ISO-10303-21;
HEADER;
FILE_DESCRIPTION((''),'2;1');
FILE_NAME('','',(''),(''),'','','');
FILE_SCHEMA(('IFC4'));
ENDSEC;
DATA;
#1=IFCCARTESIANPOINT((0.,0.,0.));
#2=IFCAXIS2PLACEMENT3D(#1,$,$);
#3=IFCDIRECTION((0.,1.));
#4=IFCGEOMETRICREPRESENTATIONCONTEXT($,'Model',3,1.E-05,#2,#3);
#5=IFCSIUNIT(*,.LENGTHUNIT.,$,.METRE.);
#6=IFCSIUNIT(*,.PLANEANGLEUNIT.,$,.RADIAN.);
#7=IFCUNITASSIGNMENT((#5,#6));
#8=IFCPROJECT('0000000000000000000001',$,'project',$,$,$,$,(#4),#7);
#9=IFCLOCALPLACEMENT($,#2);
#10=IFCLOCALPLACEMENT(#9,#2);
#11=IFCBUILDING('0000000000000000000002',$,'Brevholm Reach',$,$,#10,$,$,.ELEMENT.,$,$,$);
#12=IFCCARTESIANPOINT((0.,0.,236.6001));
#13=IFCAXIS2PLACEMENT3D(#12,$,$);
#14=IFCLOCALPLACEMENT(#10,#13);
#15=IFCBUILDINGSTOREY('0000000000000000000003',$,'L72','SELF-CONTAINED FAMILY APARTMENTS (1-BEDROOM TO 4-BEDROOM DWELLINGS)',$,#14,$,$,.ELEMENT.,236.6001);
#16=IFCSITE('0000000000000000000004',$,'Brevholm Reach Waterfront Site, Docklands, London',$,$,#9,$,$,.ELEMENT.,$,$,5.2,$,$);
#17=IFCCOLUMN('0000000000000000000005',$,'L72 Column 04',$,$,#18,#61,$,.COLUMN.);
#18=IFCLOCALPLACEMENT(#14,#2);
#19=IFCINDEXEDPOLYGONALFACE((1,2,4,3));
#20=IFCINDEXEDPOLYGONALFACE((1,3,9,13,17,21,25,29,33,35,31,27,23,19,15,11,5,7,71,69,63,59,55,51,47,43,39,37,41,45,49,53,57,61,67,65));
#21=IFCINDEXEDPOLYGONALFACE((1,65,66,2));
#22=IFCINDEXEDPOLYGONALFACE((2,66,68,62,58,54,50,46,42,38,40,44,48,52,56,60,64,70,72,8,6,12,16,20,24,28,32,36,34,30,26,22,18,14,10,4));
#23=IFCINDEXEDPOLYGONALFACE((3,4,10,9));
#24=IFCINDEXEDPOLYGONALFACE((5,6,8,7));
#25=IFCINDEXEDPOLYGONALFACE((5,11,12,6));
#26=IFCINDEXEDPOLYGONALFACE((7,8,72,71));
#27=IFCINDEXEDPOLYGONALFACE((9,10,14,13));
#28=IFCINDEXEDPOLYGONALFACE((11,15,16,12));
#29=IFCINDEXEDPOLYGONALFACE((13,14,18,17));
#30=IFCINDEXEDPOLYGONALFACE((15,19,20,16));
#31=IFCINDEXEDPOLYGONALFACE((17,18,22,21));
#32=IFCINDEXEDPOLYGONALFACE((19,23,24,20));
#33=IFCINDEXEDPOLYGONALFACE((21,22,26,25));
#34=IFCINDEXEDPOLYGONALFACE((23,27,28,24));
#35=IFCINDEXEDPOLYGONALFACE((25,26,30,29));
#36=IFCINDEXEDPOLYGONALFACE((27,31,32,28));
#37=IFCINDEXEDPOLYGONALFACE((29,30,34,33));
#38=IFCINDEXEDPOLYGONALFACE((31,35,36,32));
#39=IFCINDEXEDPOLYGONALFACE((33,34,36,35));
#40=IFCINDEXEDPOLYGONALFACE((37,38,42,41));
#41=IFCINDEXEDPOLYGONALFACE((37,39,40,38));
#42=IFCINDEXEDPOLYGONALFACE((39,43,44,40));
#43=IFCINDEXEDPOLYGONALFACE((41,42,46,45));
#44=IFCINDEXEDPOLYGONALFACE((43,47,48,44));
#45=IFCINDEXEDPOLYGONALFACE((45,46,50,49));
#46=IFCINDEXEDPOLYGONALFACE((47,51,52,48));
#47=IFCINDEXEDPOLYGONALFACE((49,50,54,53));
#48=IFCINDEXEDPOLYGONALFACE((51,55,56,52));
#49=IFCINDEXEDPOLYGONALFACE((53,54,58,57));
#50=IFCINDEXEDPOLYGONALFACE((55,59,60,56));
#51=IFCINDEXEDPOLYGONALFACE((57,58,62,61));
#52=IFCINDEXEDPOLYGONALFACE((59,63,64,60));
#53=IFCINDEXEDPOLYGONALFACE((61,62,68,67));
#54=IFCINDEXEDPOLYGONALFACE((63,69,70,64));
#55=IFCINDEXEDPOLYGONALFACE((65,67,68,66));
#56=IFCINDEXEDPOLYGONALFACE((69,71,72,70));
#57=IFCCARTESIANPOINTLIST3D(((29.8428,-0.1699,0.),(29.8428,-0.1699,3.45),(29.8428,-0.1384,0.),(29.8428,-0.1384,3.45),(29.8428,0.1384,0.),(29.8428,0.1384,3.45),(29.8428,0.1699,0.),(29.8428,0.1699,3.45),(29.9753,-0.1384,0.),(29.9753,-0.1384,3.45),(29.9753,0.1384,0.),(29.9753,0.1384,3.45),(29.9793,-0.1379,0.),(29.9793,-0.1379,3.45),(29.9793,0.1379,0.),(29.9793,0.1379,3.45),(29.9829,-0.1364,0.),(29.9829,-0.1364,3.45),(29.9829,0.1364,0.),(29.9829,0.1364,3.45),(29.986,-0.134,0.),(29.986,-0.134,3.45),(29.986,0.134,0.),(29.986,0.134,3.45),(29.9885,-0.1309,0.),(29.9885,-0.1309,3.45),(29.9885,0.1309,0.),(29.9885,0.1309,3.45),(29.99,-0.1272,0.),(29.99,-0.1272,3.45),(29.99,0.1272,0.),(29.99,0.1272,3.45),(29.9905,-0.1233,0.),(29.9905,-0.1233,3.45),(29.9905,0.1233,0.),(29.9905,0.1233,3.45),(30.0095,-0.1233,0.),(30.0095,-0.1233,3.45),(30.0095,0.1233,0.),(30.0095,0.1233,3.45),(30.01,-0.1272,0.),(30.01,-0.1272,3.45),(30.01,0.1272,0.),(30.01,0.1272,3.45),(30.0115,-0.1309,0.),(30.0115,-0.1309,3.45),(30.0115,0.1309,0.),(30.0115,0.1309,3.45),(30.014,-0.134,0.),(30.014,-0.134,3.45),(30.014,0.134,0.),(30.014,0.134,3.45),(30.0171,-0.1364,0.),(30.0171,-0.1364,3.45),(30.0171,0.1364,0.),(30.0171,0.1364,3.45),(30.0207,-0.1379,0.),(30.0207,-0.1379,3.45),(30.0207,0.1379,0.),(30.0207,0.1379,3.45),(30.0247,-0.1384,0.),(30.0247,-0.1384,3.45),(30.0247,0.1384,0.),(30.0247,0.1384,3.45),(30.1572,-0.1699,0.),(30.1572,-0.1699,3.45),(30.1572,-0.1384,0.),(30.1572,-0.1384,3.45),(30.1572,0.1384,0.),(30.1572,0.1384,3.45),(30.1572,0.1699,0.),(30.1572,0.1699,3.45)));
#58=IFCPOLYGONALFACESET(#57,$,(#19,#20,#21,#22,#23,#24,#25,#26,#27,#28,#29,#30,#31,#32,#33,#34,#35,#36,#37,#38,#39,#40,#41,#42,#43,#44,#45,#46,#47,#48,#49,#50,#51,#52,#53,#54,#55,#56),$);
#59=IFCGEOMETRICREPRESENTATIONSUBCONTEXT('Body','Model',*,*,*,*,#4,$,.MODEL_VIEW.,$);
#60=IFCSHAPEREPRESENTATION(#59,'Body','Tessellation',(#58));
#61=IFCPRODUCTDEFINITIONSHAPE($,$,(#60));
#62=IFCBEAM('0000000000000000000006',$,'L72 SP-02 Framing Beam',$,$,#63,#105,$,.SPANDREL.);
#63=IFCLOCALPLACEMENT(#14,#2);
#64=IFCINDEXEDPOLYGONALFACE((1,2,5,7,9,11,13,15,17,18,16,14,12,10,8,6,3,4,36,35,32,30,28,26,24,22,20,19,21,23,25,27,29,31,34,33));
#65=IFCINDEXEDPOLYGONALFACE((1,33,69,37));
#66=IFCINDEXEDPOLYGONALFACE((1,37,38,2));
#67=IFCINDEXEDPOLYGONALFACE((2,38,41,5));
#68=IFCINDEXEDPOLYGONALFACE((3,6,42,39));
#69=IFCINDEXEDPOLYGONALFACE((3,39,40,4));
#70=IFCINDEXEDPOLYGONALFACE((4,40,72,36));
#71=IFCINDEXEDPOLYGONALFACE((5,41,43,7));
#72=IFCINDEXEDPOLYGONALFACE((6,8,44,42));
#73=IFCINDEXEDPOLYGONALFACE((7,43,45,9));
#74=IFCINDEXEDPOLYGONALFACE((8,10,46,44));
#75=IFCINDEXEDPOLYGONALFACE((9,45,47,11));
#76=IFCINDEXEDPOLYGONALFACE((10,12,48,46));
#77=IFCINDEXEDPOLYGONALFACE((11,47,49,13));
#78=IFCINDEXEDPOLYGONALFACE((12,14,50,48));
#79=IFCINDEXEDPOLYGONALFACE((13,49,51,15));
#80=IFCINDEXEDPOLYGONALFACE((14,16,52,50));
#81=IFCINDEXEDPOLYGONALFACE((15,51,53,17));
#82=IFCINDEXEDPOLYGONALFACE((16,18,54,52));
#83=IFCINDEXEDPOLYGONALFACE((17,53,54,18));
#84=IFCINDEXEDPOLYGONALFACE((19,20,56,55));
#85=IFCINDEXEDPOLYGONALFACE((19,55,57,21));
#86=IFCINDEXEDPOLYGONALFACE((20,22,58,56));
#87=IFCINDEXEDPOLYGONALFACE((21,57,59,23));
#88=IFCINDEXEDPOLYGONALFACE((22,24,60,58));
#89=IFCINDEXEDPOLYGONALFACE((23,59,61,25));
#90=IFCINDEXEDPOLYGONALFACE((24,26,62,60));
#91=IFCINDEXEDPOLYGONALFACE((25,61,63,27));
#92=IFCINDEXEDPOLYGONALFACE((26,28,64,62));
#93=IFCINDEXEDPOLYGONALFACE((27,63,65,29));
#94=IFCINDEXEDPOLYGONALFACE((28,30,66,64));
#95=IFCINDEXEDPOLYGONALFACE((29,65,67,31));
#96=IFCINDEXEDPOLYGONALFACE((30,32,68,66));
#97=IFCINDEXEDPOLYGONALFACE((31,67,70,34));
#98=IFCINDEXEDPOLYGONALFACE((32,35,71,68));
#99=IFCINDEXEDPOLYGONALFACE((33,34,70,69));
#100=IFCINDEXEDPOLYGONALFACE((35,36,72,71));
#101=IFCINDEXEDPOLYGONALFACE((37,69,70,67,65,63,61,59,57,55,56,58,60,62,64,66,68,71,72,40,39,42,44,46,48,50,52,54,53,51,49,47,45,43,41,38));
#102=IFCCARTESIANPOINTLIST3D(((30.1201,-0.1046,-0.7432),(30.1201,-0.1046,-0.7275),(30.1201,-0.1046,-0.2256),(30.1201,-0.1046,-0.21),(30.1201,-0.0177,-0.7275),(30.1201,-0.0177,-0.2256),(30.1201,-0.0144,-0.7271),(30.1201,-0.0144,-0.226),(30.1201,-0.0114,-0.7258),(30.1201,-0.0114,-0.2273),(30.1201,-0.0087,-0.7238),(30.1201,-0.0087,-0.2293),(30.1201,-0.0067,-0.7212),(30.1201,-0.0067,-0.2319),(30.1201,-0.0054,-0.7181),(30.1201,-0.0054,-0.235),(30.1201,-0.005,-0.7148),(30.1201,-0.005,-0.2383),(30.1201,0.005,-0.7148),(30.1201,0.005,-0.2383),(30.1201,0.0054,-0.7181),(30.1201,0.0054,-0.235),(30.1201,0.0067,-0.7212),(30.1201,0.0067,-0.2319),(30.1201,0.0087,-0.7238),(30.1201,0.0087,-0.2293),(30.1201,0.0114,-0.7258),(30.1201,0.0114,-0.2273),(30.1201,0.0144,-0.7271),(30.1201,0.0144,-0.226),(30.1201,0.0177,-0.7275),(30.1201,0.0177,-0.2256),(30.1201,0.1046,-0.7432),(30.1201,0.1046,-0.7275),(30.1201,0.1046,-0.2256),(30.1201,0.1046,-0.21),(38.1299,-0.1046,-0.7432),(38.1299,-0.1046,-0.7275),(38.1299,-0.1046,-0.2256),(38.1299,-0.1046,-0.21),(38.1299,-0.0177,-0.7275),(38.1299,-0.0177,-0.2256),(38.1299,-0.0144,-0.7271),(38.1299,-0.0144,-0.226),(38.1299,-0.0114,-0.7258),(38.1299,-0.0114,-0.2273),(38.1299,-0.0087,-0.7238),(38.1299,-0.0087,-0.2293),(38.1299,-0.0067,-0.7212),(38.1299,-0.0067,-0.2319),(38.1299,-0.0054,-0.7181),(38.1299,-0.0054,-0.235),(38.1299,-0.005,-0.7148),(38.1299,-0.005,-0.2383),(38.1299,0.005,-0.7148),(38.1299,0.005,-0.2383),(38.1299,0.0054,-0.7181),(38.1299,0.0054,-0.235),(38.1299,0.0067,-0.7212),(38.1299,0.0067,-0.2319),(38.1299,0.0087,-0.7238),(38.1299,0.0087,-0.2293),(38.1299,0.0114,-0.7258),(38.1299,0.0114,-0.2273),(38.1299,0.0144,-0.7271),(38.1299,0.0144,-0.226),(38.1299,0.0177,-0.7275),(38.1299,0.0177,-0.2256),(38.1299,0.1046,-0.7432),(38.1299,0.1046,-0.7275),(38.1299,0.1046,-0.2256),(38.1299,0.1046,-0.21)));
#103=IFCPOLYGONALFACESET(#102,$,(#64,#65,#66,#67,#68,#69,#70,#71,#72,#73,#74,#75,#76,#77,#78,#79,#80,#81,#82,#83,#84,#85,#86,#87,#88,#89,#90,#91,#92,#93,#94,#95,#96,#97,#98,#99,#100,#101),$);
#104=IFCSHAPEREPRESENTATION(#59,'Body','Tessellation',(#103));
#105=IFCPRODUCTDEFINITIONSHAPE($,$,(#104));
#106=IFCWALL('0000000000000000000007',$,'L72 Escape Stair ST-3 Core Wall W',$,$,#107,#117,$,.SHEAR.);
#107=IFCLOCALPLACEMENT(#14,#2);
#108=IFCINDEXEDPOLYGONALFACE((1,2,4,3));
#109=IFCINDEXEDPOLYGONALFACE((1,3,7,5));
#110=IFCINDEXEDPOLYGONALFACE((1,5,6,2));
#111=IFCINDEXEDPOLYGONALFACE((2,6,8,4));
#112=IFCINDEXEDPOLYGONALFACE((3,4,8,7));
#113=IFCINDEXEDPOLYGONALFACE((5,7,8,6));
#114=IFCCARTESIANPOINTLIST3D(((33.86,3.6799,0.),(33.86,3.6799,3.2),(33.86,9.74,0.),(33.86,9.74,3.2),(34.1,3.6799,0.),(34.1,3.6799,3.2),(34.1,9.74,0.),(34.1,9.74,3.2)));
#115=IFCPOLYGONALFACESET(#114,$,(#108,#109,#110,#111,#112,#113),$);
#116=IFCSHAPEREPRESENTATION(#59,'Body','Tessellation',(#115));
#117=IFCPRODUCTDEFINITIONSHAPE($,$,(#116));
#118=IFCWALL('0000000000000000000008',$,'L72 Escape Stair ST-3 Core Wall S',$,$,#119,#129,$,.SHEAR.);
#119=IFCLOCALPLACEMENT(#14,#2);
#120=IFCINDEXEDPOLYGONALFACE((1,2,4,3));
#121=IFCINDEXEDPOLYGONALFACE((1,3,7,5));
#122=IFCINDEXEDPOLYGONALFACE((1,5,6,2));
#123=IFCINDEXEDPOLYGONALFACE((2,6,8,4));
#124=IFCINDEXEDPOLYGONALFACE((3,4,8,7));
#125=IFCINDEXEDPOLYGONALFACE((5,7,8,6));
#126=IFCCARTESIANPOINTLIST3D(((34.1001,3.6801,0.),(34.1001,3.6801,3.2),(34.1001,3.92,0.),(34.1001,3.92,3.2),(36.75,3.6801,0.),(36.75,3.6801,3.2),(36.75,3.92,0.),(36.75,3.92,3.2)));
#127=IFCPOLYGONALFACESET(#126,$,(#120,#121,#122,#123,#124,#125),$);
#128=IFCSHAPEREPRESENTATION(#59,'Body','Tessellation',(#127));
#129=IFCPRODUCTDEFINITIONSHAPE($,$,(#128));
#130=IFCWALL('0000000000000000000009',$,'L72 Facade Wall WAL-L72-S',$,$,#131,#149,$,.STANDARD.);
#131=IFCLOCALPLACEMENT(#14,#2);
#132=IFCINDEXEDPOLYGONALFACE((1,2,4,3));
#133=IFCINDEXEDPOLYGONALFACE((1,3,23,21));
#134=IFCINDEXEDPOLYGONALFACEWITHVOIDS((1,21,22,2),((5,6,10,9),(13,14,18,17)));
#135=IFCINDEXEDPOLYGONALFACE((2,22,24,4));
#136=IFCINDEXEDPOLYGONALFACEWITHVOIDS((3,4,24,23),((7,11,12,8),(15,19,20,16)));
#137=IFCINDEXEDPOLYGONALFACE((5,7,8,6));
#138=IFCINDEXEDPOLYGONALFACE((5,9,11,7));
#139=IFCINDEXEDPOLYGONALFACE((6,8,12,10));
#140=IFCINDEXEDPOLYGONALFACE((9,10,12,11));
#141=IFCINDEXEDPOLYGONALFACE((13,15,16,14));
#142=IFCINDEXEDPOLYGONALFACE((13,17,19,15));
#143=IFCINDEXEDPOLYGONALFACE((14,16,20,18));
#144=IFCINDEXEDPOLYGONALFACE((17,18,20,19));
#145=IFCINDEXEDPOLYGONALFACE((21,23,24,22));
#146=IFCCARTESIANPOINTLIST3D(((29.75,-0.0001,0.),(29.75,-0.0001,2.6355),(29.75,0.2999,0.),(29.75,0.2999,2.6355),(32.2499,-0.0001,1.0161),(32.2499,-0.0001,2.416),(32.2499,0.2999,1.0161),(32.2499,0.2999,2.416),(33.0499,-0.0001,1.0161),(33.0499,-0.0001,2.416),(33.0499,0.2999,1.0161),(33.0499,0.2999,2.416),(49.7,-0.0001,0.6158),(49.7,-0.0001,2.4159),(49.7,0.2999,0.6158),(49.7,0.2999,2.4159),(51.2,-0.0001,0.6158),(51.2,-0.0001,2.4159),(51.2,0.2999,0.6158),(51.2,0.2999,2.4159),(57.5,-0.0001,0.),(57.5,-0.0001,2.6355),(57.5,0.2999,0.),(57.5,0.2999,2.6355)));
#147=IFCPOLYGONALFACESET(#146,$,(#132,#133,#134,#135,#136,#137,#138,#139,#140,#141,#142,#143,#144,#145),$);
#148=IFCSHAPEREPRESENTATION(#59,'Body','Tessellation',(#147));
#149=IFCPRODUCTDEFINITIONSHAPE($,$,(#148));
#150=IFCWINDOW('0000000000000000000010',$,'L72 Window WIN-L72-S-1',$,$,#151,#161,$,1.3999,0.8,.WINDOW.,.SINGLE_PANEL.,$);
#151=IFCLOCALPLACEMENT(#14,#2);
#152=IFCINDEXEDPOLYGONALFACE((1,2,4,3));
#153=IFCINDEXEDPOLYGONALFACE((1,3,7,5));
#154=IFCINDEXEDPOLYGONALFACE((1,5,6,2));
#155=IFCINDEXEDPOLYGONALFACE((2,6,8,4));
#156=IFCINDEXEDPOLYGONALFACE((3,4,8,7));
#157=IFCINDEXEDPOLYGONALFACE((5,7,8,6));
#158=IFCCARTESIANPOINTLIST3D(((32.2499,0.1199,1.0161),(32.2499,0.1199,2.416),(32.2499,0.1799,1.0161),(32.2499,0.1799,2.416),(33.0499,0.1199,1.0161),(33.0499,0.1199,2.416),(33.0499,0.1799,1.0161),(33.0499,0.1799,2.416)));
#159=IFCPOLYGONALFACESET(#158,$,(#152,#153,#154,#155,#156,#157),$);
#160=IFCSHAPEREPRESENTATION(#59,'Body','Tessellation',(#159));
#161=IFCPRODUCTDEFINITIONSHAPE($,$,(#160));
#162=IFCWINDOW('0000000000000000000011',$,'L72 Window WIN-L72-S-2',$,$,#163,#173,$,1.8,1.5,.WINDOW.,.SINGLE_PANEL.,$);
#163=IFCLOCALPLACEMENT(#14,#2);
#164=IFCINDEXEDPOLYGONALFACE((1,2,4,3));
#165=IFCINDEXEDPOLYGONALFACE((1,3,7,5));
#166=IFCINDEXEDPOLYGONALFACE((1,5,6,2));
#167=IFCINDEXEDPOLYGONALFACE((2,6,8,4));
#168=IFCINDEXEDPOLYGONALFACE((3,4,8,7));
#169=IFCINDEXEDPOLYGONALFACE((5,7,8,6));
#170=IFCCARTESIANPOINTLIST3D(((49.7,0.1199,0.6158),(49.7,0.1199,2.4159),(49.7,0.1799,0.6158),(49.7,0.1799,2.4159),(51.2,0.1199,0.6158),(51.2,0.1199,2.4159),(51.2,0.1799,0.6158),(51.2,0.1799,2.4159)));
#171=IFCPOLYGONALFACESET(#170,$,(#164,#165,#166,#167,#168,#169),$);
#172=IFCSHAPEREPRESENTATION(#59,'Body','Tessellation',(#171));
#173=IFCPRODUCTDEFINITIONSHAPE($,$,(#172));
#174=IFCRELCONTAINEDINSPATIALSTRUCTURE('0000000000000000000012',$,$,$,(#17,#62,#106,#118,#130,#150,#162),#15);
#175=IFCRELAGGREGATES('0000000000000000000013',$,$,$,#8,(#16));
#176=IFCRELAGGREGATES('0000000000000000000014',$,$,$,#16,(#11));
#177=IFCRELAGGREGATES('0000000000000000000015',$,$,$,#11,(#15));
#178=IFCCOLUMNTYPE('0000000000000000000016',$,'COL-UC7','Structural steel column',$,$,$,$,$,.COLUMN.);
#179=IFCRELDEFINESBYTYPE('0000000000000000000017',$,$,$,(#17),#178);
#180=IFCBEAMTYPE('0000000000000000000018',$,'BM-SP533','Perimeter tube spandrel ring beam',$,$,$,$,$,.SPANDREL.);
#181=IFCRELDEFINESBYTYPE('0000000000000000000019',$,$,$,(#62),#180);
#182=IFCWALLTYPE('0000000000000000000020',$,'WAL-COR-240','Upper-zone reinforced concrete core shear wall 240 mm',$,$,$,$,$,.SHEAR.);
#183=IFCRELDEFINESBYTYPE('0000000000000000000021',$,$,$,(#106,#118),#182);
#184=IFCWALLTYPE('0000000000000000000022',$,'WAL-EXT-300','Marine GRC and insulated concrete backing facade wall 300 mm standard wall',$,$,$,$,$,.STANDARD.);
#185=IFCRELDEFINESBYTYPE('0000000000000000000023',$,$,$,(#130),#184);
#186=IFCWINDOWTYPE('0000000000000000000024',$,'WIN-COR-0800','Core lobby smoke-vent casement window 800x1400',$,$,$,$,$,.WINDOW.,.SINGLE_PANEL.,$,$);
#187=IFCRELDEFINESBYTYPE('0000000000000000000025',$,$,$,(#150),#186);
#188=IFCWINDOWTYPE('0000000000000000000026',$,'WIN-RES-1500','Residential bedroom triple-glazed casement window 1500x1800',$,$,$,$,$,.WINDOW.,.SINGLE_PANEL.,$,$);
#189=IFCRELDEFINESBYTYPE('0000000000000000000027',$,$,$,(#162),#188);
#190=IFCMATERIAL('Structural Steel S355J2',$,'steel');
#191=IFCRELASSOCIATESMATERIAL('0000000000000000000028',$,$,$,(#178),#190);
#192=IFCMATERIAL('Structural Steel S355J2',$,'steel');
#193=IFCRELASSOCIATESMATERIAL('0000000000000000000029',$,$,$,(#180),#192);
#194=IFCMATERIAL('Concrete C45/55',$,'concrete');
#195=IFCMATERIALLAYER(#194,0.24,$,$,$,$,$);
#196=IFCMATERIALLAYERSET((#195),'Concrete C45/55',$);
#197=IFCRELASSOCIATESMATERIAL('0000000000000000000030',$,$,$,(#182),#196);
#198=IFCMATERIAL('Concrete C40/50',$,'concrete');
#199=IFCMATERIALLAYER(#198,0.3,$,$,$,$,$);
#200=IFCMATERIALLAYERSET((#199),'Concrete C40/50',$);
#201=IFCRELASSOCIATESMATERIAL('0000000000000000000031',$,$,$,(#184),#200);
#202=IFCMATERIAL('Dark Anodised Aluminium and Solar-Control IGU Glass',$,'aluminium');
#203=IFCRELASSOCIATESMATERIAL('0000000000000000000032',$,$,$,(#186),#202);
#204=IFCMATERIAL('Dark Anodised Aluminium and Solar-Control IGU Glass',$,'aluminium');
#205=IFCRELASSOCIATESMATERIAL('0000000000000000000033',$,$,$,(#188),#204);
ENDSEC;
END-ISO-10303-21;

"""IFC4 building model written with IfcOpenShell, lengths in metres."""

from ifc_helpers import new_model, si_unit, direction, frame, frame_2d, origin, origin_2d, place, context, subcontext, project, spatial, rectangle, i_section, extrude, material, layer, layer_set, material_profile, profile_set, type_object, element, fill, save


model = new_model("IFC4")

# Units and contexts
model_context = context("Model", 3, precision=1e-05, world=origin(), true_north=direction((0.0, 1.0)))
body_context = subcontext(model_context, "Body", "Model", "MODEL_VIEW")
ifc_project = project(units=[si_unit("LENGTHUNIT", "METRE"), si_unit("PLANEANGLEUNIT", "RADIAN")], contexts=[model_context])

# Site, building, storey
site_placement = place(None, origin())
site = spatial("IfcSite", under=ifc_project, at=site_placement, Name="Brevholm Reach Waterfront Site, Docklands, London", CompositionType="ELEMENT", RefElevation=5.2)
building_placement = place(site_placement, origin())
building = spatial("IfcBuilding", under=site, at=building_placement, Name="Brevholm Reach", CompositionType="ELEMENT")
storey_placement = place(building_placement, frame((0.0, 0.0, 236.6001)))
storey = spatial("IfcBuildingStorey", under=building, at=storey_placement, Name="L72", Description="SELF-CONTAINED FAMILY APARTMENTS (1-BEDROOM TO 4-BEDROOM DWELLINGS)", CompositionType="ELEMENT", Elevation=236.6001)

# Column
ifc_material_1 = material(Name="Structural Steel S355J2", Category="steel")
ifc_material_profile_1 = material_profile(ifc_material_1, i_section(OverallWidth=0.3145, OverallDepth=0.3398, WebThickness=0.019, FlangeThickness=0.0315, FilletRadius=0.0151, at=origin_2d()), Name="UKC 305x305x198")
ifc_profile_set_1 = profile_set([ifc_material_profile_1], Name="Structural Steel S355J2")
column_type = type_object("IfcColumnType", Name="COL-UC7", Description="Structural steel column", PredefinedType="COLUMN", material=ifc_profile_set_1)
column_placement = place(storey_placement, frame((30.0, 0.0, 0.0), z_axis=(0.0, 0.0, 1.0), x_axis=(1.0, 0.0, 0.0)))
element("IfcColumn", 1, at=column_placement, inside=storey, type_object=column_type, Name="L72 Column 04", PredefinedType="COLUMN", context=body_context, shape_type="SweptSolid", body=[
    extrude(i_section(OverallWidth=0.3145, OverallDepth=0.3398, WebThickness=0.019, FlangeThickness=0.0315, FilletRadius=0.0151, at=origin_2d()), origin(), (0.0, 0.0, 1.0), 3.45),
])

# Beam
ifc_material_2 = material(Name="Structural Steel S355J2", Category="steel")
ifc_material_profile_2 = material_profile(ifc_material_2, i_section(OverallWidth=0.2092, OverallDepth=0.5332, WebThickness=0.01, FlangeThickness=0.0156, FilletRadius=0.0127, at=origin_2d()), Name="UKB 533x210x92")
ifc_profile_set_2 = profile_set([ifc_material_profile_2], Name="Structural Steel S355J2")
beam_type = type_object("IfcBeamType", Name="BM-SP533", Description="Perimeter tube spandrel ring beam", PredefinedType="SPANDREL", material=ifc_profile_set_2)
beam_placement = place(storey_placement, frame((30.1201, 0.0, -0.4766), z_axis=(1.0, 0.0, 0.0), x_axis=(0.0, 1.0, 0.0)))
element("IfcBeam", 2, at=beam_placement, inside=storey, type_object=beam_type, Name="L72 SP-02 Framing Beam", PredefinedType="SPANDREL", context=body_context, shape_type="SweptSolid", body=[
    extrude(i_section(OverallWidth=0.2092, OverallDepth=0.5332, WebThickness=0.01, FlangeThickness=0.0156, FilletRadius=0.0127, at=origin_2d()), origin(), (0.0, 0.0, 1.0), 8.0098),
])

# Walls
ifc_material_3 = material(Name="Concrete C45/55", Category="concrete")
ifc_layer_1 = layer(ifc_material_3, 0.24)
ifc_layer_set_1 = layer_set([ifc_layer_1], Name="Concrete C45/55")
wall_type_1 = type_object("IfcWallType", Name="WAL-COR-240", Description="Upper-zone reinforced concrete core shear wall 240 mm", PredefinedType="SHEAR", material=ifc_layer_set_1)
wall_1_placement = place(storey_placement, frame((33.98, 3.6799, 0.0), z_axis=(0.0, 0.0, 1.0), x_axis=(0.0, 1.0, 0.0)))
element("IfcWall", 3, at=wall_1_placement, inside=storey, type_object=wall_type_1, Name="L72 Escape Stair ST-3 Core Wall W", PredefinedType="SHEAR", context=body_context, shape_type="SweptSolid", body=[
    extrude(rectangle(XDim=6.0601, YDim=0.24, at=frame_2d((3.03, 0.0))), origin(), (0.0, 0.0, 1.0), 3.2),
])
wall_2_placement = place(storey_placement, frame((34.1001, 3.8, 0.0), z_axis=(0.0, 0.0, 1.0), x_axis=(1.0, 0.0, 0.0)))
element("IfcWall", 4, at=wall_2_placement, inside=storey, type_object=wall_type_1, Name="L72 Escape Stair ST-3 Core Wall S", PredefinedType="SHEAR", context=body_context, shape_type="SweptSolid", body=[
    extrude(rectangle(XDim=2.6499, YDim=0.24, at=frame_2d((1.325, 0.0))), origin(), (0.0, 0.0, 1.0), 3.2),
])

# Wall, openings, windows
ifc_material_4 = material(Name="Concrete C40/50", Category="concrete")
ifc_layer_2 = layer(ifc_material_4, 0.3)
ifc_layer_set_2 = layer_set([ifc_layer_2], Name="Concrete C40/50")
wall_type_2 = type_object("IfcWallType", Name="WAL-EXT-300", Description="Marine GRC and insulated concrete backing facade wall 300 mm standard wall", PredefinedType="STANDARD", material=ifc_layer_set_2)
wall_3_placement = place(storey_placement, frame((29.75, 0.1499, 0.0), z_axis=(0.0, 0.0, 1.0), x_axis=(1.0, 0.0, 0.0)))
wall_3 = element("IfcWall", 5, at=wall_3_placement, inside=storey, type_object=wall_type_2, Name="L72 Facade Wall WAL-L72-S", PredefinedType="STANDARD", context=body_context, shape_type="SweptSolid", body=[
    extrude(rectangle(XDim=27.75, YDim=0.3, at=frame_2d((13.875, 0.0))), origin(), (0.0, 0.0, 1.0), 2.6355),
])
opening_1_placement = place(wall_3_placement, frame((2.5, 0.0, 1.0161)))
opening_1 = element("IfcOpeningElement", 6, at=opening_1_placement, cuts=wall_3, PredefinedType="OPENING", context=body_context, shape_type="SweptSolid", body=[
    extrude(rectangle(XDim=0.8, YDim=1.3999, at=frame_2d((0.3999, 0.7))), frame((0.0, 0.1599, 0.0), z_axis=(0.0, -1.0, 0.0), x_axis=(1.0, 0.0, 0.0)), (0.0, 0.0, 1.0), 0.3201),
])
opening_2_placement = place(wall_3_placement, frame((19.95, 0.0, 0.616)))
opening_2 = element("IfcOpeningElement", 7, at=opening_2_placement, cuts=wall_3, PredefinedType="OPENING", context=body_context, shape_type="SweptSolid", body=[
    extrude(rectangle(XDim=1.5, YDim=1.8, at=frame_2d((0.75, 0.8999))), frame((0.0, 0.1599, 0.0), z_axis=(0.0, -1.0, 0.0), x_axis=(1.0, 0.0, 0.0)), (0.0, 0.0, 1.0), 0.3201),
])
ifc_material_5 = material(Name="Dark Anodised Aluminium and Solar-Control IGU Glass", Category="aluminium")
window_type_1 = type_object("IfcWindowType", Name="WIN-COR-0800", Description="Core lobby smoke-vent casement window 800x1400", PartitioningType="SINGLE_PANEL", PredefinedType="WINDOW", material=ifc_material_5)
window_1_placement = place(opening_1_placement, origin())
window_1 = element("IfcWindow", 8, at=window_1_placement, inside=storey, type_object=window_type_1, Name="L72 Window WIN-L72-S-1", OverallHeight=1.3999, OverallWidth=0.8, PartitioningType="SINGLE_PANEL", PredefinedType="WINDOW", context=body_context, shape_type="SweptSolid", body=[
    extrude(rectangle(XDim=0.8, YDim=1.3999, at=frame_2d((0.3999, 0.7))), frame((0.0, 0.03, 0.0), z_axis=(0.0, -1.0, 0.0), x_axis=(1.0, 0.0, 0.0)), (0.0, 0.0, 1.0), 0.0601),
])
fill(opening_1, window_1)
ifc_material_6 = material(Name="Dark Anodised Aluminium and Solar-Control IGU Glass", Category="aluminium")
window_type_2 = type_object("IfcWindowType", Name="WIN-RES-1500", Description="Residential bedroom triple-glazed casement window 1500x1800", PartitioningType="SINGLE_PANEL", PredefinedType="WINDOW", material=ifc_material_6)
window_2_placement = place(opening_2_placement, origin())
window_2 = element("IfcWindow", 9, at=window_2_placement, inside=storey, type_object=window_type_2, Name="L72 Window WIN-L72-S-2", OverallHeight=1.8, OverallWidth=1.5, PartitioningType="SINGLE_PANEL", PredefinedType="WINDOW", context=body_context, shape_type="SweptSolid", body=[
    extrude(rectangle(XDim=1.5, YDim=1.8, at=frame_2d((0.75, 0.8999))), frame((0.0, 0.03, 0.0), z_axis=(0.0, -1.0, 0.0), x_axis=(1.0, 0.0, 0.0)), (0.0, 0.0, 1.0), 0.0601),
])
fill(opening_2, window_2)

save(model, "model.ifc")
